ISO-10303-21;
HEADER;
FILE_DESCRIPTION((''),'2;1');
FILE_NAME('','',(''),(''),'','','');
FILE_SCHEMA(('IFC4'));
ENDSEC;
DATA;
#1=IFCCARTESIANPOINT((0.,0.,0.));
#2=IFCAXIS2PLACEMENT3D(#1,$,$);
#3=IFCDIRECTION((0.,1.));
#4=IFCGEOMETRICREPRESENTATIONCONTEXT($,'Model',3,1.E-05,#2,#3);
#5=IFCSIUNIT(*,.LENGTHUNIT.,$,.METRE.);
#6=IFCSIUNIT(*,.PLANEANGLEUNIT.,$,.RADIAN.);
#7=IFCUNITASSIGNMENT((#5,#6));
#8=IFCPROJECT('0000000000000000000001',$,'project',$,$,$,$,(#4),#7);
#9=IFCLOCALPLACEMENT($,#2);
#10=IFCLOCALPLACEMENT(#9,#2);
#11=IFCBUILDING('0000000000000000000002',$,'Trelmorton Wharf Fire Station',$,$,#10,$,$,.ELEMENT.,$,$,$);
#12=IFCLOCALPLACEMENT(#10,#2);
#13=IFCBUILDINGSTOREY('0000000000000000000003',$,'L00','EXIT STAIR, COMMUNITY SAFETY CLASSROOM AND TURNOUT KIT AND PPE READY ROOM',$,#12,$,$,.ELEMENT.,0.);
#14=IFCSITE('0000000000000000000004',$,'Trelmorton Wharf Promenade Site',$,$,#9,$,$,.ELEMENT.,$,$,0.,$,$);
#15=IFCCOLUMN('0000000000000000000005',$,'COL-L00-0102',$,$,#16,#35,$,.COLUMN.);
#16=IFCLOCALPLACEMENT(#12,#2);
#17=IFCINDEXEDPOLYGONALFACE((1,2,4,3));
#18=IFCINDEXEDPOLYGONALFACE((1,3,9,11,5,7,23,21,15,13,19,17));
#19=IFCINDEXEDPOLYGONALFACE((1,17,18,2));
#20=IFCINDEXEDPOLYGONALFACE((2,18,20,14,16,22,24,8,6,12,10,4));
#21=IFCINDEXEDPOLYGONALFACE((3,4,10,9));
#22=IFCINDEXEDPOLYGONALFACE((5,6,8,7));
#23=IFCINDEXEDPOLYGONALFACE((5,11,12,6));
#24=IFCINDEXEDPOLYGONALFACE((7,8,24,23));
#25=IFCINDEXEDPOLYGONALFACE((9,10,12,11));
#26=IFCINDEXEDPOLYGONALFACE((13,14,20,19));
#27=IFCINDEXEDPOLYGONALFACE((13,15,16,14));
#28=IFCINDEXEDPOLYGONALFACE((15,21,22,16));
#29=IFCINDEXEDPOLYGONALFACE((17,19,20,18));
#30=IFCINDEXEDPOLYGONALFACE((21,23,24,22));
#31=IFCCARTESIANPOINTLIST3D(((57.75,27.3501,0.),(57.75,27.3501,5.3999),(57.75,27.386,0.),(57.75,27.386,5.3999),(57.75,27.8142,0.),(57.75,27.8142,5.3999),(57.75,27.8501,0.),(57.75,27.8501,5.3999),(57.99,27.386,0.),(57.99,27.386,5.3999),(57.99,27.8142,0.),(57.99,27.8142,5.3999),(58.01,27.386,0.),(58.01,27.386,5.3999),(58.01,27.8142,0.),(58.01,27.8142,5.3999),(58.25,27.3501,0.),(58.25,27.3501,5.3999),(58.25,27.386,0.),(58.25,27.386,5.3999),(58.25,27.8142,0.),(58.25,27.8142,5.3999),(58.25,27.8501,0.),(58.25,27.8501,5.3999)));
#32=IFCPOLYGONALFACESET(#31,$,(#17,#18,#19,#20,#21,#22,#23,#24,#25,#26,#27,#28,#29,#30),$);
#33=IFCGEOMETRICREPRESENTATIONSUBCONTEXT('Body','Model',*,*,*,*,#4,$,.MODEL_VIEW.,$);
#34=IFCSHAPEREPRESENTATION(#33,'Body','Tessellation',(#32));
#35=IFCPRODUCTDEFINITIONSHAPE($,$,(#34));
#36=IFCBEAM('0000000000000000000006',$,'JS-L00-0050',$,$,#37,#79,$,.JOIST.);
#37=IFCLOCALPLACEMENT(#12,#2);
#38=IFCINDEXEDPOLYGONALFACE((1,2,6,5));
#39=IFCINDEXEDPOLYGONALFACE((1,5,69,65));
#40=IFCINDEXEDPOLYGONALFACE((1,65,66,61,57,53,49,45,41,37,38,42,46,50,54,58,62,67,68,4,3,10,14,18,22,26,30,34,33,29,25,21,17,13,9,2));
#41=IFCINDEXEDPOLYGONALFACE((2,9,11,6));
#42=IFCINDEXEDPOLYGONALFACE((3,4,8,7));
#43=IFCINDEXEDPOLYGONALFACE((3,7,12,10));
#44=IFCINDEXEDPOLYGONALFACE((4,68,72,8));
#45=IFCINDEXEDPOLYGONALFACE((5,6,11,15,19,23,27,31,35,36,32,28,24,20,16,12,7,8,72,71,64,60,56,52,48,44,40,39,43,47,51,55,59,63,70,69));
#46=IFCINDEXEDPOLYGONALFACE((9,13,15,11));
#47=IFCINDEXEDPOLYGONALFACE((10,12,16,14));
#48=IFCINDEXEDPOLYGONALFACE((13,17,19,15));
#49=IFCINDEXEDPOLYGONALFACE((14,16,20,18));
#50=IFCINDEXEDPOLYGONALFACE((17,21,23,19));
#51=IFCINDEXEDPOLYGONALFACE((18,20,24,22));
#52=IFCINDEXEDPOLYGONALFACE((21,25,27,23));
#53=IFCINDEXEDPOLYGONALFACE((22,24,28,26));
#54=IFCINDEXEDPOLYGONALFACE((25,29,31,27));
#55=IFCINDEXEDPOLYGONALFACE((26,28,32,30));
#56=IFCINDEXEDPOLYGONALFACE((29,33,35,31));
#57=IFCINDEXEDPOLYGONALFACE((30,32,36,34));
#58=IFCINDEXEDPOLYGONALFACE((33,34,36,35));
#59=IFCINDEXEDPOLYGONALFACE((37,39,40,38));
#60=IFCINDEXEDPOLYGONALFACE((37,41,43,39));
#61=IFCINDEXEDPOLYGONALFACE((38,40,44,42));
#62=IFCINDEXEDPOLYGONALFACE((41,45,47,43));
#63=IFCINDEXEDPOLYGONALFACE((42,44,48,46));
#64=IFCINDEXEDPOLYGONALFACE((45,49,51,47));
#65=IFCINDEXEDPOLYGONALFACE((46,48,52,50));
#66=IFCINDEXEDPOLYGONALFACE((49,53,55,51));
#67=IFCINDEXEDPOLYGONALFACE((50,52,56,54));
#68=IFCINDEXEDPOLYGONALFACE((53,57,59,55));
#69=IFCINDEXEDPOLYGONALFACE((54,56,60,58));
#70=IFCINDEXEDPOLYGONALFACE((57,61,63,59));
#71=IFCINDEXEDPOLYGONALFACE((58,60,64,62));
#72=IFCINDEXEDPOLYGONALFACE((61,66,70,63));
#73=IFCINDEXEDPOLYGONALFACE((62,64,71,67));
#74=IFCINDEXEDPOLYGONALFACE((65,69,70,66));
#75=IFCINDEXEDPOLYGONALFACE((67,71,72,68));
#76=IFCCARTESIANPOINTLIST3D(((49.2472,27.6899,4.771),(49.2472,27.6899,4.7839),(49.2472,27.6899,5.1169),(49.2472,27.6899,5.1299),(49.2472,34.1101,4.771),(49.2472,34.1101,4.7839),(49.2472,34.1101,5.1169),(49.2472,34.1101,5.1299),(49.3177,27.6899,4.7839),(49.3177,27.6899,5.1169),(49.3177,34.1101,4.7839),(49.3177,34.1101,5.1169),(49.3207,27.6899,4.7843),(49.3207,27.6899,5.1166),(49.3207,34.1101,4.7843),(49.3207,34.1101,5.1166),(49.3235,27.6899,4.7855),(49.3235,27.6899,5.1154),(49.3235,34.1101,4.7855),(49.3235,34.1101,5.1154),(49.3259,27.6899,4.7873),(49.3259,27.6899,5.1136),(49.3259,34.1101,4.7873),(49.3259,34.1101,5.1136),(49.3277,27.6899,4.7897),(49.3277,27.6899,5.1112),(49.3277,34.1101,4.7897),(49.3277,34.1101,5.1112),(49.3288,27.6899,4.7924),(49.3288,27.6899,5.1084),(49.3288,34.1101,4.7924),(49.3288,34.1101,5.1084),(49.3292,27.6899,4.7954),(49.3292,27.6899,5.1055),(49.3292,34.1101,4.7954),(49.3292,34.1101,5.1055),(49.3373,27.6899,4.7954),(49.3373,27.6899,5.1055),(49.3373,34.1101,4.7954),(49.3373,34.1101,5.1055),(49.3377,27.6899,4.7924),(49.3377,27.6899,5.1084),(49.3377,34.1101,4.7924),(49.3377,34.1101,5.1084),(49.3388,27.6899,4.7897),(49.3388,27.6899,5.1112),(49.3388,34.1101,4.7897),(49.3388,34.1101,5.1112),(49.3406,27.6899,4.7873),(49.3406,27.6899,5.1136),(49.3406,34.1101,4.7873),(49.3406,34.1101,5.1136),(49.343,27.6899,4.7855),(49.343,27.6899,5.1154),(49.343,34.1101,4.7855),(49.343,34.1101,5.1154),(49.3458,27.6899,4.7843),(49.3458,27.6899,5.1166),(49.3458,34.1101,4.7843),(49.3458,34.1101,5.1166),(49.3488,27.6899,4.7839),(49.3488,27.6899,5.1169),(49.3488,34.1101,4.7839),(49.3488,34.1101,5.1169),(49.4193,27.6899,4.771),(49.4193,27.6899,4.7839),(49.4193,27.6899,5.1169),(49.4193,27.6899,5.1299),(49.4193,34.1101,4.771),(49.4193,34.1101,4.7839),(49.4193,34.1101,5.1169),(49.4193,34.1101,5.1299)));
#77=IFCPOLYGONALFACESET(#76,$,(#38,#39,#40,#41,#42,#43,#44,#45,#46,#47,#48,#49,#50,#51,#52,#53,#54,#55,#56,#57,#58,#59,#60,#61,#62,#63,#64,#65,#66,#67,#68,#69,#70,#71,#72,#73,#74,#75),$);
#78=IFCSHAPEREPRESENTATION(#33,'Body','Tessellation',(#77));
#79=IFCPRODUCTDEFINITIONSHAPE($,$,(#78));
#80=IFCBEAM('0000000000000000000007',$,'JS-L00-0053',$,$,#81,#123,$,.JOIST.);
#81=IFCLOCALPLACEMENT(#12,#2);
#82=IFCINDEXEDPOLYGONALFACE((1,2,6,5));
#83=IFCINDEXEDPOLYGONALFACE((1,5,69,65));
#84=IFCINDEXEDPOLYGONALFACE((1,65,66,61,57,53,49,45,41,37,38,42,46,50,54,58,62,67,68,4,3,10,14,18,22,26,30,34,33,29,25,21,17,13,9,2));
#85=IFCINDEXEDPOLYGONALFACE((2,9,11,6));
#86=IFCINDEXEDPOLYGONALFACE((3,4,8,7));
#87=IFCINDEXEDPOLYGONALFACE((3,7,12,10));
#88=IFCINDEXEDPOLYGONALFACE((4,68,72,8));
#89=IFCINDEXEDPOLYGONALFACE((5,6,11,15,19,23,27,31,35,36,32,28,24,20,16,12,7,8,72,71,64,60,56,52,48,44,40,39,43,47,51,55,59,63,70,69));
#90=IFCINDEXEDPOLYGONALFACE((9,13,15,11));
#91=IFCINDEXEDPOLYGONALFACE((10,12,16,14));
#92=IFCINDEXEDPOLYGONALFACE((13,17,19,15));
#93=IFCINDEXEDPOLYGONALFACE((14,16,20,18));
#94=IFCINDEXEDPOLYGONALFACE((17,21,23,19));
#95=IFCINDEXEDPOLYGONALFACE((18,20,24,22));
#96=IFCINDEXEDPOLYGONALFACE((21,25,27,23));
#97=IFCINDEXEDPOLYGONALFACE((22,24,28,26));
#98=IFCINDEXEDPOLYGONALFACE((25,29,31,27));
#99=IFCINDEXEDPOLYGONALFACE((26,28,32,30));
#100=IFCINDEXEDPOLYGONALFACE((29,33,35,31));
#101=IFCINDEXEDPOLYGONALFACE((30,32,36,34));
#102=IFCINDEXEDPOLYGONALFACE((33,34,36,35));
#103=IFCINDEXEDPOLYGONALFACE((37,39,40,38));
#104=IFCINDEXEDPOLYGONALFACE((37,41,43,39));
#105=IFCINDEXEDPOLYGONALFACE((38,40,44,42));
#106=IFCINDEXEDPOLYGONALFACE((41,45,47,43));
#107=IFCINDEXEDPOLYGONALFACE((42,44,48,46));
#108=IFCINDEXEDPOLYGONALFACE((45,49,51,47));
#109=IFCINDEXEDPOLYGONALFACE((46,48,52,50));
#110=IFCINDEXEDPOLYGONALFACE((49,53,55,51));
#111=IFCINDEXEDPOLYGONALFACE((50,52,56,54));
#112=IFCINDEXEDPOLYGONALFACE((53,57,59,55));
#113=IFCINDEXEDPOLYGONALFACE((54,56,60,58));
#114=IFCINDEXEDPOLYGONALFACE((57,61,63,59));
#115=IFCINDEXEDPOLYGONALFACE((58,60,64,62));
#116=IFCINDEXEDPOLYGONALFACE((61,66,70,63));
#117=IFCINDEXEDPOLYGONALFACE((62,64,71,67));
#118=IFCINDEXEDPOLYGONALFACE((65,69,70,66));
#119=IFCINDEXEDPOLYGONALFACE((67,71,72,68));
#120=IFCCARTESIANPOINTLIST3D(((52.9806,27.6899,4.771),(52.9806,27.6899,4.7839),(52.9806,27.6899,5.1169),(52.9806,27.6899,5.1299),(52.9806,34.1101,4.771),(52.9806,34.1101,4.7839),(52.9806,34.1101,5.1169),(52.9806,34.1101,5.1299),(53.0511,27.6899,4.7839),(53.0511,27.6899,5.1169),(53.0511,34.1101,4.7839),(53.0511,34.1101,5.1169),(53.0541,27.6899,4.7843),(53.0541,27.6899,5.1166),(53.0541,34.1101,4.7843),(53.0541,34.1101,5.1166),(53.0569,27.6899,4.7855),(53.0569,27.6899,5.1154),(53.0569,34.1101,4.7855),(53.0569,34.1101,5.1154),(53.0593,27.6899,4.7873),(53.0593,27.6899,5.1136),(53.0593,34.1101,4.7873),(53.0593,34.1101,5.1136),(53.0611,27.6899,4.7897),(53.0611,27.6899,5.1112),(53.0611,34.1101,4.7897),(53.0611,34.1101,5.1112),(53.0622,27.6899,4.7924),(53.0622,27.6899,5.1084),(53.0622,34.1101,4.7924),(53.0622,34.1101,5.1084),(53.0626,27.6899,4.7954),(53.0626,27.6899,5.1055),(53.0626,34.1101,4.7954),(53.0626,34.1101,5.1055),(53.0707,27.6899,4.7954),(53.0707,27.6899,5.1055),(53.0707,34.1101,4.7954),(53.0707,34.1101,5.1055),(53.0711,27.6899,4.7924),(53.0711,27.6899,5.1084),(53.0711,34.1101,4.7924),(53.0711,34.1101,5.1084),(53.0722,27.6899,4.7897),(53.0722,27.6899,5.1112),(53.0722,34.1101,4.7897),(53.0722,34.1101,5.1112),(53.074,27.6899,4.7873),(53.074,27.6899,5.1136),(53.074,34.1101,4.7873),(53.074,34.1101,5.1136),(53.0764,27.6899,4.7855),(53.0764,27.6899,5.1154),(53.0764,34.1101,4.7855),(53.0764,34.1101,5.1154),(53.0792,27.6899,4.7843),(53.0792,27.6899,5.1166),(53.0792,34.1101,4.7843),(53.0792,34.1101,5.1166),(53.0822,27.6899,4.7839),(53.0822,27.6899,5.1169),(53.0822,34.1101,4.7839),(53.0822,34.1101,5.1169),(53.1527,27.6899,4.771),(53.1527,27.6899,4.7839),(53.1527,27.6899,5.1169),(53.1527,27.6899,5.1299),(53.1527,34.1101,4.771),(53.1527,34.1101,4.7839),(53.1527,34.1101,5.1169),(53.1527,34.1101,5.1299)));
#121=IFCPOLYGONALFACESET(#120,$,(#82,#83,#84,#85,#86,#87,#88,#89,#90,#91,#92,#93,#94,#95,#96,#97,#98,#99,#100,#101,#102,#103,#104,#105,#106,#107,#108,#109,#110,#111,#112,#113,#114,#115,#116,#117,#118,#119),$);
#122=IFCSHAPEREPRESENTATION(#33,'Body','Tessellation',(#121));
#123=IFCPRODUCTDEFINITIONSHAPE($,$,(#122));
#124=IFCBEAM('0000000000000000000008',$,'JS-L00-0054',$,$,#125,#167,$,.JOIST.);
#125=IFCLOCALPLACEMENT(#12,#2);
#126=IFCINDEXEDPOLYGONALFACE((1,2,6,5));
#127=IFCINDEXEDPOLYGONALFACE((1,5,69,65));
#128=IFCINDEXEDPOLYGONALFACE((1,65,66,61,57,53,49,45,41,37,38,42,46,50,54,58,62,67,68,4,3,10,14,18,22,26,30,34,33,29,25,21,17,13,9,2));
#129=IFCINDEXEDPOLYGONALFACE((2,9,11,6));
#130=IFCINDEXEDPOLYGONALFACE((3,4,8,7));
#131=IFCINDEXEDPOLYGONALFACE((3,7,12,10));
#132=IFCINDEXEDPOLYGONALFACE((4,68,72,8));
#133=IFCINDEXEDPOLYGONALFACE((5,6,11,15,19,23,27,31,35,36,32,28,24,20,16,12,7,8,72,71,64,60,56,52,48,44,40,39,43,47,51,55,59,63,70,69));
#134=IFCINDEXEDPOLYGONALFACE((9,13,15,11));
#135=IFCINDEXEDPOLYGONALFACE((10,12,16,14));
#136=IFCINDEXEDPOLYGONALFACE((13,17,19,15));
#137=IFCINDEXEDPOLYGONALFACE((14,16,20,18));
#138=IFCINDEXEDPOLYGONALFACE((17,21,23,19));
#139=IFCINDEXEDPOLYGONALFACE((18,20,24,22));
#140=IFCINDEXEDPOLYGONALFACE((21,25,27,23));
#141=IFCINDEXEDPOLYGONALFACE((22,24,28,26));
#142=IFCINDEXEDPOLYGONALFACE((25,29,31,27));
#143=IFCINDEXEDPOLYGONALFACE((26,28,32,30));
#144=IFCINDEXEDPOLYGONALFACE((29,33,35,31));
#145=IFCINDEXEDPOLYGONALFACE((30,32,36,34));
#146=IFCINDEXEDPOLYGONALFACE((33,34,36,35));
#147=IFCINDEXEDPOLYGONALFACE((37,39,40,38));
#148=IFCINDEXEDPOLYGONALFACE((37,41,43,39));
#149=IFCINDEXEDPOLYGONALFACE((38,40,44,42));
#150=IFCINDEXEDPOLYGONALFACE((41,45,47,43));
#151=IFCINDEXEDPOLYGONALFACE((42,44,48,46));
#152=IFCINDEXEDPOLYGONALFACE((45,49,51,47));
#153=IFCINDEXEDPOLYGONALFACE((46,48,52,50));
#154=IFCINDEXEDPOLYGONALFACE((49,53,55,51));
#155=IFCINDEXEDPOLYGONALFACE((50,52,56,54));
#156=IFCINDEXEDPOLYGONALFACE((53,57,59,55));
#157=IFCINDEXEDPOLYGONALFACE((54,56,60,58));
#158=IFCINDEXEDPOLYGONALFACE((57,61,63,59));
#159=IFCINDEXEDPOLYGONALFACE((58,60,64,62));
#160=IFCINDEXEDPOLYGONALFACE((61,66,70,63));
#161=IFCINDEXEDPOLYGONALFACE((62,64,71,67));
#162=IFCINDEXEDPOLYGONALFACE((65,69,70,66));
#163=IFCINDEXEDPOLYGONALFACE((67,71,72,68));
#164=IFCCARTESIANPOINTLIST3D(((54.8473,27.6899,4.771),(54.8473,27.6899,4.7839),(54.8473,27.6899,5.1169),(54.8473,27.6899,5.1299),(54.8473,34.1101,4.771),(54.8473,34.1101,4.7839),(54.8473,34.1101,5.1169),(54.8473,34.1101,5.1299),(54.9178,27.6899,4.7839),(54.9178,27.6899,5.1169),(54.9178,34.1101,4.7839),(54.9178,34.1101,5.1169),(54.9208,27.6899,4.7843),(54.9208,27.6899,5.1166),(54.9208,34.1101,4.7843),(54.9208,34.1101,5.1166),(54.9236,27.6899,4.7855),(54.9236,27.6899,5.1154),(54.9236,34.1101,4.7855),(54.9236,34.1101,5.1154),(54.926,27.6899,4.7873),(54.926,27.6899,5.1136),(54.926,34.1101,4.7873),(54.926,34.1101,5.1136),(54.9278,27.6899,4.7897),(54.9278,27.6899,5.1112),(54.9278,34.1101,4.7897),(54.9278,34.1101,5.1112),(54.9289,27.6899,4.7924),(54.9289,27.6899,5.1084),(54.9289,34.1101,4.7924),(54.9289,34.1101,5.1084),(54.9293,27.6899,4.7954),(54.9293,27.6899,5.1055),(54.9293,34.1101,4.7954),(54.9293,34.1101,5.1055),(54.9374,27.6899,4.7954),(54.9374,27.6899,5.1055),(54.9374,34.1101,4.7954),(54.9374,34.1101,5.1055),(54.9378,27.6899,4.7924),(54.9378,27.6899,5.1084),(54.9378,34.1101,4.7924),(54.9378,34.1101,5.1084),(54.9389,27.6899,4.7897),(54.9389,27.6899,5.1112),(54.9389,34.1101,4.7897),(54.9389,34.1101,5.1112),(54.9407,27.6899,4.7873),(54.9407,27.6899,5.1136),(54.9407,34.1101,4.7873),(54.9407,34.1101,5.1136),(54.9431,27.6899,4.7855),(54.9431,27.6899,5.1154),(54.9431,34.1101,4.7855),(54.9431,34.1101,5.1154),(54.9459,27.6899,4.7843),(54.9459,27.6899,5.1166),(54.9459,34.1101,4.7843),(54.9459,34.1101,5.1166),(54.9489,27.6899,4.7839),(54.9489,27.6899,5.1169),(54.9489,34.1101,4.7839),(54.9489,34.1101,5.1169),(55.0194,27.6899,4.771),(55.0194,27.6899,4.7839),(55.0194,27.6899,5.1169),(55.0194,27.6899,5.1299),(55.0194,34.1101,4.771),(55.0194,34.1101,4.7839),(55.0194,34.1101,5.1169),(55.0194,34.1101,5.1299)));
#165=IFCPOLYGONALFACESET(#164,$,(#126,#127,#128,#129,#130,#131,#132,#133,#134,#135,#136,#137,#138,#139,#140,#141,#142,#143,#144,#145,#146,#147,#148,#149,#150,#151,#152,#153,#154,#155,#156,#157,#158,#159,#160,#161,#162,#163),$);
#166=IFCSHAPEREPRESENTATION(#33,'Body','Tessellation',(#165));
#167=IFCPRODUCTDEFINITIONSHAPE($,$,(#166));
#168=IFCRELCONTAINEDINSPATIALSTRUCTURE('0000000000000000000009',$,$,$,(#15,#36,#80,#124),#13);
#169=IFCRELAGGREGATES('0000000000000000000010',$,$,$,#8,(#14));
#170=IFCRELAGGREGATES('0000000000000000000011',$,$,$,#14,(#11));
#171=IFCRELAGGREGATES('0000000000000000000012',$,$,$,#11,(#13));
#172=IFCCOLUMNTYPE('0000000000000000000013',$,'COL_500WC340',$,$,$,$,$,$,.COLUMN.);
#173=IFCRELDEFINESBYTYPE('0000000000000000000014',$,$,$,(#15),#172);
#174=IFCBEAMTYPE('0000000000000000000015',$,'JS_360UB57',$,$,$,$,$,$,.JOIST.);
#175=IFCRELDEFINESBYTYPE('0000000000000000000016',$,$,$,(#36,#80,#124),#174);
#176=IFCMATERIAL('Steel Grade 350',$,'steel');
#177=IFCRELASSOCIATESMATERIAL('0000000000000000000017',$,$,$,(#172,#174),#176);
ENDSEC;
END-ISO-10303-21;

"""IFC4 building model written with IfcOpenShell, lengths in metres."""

from ifc_helpers import new_model, si_unit, direction, frame, origin, origin_2d, place, context, subcontext, project, spatial, i_section, extrude, material, material_profile, profile_set, type_object, element, save


model = new_model("IFC4")

# Units and contexts
model_context = context("Model", 3, precision=1e-05, world=origin(), true_north=direction((0.0, 1.0)))
body_context = subcontext(model_context, "Body", "Model", "MODEL_VIEW")
ifc_project = project(units=[si_unit("LENGTHUNIT", "METRE"), si_unit("PLANEANGLEUNIT", "RADIAN")], contexts=[model_context])

# Site, building, storey
site_placement = place(None, origin())
site = spatial("IfcSite", under=ifc_project, at=site_placement, Name="Trelmorton Wharf Promenade Site", CompositionType="ELEMENT", RefElevation=0.0)
building_placement = place(site_placement, origin())
building = spatial("IfcBuilding", under=site, at=building_placement, Name="Trelmorton Wharf Fire Station", CompositionType="ELEMENT")
storey_placement = place(building_placement, origin())
storey = spatial("IfcBuildingStorey", under=building, at=storey_placement, Name="L00", Description="EXIT STAIR, COMMUNITY SAFETY CLASSROOM AND TURNOUT KIT AND PPE READY ROOM", CompositionType="ELEMENT", Elevation=0.0)

# Column
ifc_material_1 = material(Name="Steel Grade 350", Category="steel")
ifc_material_profile_1 = material_profile(ifc_material_1, i_section(OverallWidth=0.5, OverallDepth=0.5, WebThickness=0.02, FlangeThickness=0.0359, at=origin_2d()), Name="500WC340")
ifc_profile_set_1 = profile_set([ifc_material_profile_1], Name="Steel Grade 350")
column_type_1 = type_object("IfcColumnType", Name="COL_500WC340", PredefinedType="COLUMN", material=ifc_profile_set_1)
column_placement = place(storey_placement, frame((58.0, 27.6001, 0.0), z_axis=(0.0, 0.0, 1.0), x_axis=(1.0, 0.0, 0.0)))
element("IfcColumn", 1, at=column_placement, inside=storey, type_object=column_type_1, Name="COL-L00-0102", PredefinedType="COLUMN", context=body_context, shape_type="SweptSolid", body=[
    extrude(i_section(OverallWidth=0.5, OverallDepth=0.5, WebThickness=0.02, FlangeThickness=0.0359, at=origin_2d()), origin(), (0.0, 0.0, 1.0), 5.3999),
])

# Beams
ifc_material_profile_2 = material_profile(ifc_material_1, i_section(OverallWidth=0.1721, OverallDepth=0.3589, WebThickness=0.0081, FlangeThickness=0.0129, FilletRadius=0.0115, at=origin_2d()), Name="360UB56.7")
ifc_profile_set_2 = profile_set([ifc_material_profile_2], Name="Steel Grade 350")
beam_type_1 = type_object("IfcBeamType", Name="JS_360UB57", PredefinedType="JOIST", material=ifc_profile_set_2)
for number, where, z_axis, x_axis, name in (
    (2, (49.3333, 27.6899, 4.9504), (0.0, 1.0, 0.0), (-1.0, 0.0, 0.0), "JS-L00-0050"),
    (3, (53.0667, 27.6899, 4.9504), (0.0, 1.0, 0.0), (-1.0, 0.0, 0.0), "JS-L00-0053"),
    (4, (54.9333, 27.6899, 4.9504), (0.0, 1.0, 0.0), (-1.0, 0.0, 0.0), "JS-L00-0054"),
):
    element("IfcBeam", number, at=place(storey_placement, frame(where, z_axis=z_axis, x_axis=x_axis)), inside=storey, type_object=beam_type_1, Name=name, PredefinedType="JOIST", context=body_context, shape_type="SweptSolid", body=[
        extrude(i_section(OverallWidth=0.1721, OverallDepth=0.3589, WebThickness=0.0081, FlangeThickness=0.0129, FilletRadius=0.0115, at=origin_2d()), origin(), (0.0, 0.0, 1.0), 6.4202),
    ])

save(model, "model.ifc")
